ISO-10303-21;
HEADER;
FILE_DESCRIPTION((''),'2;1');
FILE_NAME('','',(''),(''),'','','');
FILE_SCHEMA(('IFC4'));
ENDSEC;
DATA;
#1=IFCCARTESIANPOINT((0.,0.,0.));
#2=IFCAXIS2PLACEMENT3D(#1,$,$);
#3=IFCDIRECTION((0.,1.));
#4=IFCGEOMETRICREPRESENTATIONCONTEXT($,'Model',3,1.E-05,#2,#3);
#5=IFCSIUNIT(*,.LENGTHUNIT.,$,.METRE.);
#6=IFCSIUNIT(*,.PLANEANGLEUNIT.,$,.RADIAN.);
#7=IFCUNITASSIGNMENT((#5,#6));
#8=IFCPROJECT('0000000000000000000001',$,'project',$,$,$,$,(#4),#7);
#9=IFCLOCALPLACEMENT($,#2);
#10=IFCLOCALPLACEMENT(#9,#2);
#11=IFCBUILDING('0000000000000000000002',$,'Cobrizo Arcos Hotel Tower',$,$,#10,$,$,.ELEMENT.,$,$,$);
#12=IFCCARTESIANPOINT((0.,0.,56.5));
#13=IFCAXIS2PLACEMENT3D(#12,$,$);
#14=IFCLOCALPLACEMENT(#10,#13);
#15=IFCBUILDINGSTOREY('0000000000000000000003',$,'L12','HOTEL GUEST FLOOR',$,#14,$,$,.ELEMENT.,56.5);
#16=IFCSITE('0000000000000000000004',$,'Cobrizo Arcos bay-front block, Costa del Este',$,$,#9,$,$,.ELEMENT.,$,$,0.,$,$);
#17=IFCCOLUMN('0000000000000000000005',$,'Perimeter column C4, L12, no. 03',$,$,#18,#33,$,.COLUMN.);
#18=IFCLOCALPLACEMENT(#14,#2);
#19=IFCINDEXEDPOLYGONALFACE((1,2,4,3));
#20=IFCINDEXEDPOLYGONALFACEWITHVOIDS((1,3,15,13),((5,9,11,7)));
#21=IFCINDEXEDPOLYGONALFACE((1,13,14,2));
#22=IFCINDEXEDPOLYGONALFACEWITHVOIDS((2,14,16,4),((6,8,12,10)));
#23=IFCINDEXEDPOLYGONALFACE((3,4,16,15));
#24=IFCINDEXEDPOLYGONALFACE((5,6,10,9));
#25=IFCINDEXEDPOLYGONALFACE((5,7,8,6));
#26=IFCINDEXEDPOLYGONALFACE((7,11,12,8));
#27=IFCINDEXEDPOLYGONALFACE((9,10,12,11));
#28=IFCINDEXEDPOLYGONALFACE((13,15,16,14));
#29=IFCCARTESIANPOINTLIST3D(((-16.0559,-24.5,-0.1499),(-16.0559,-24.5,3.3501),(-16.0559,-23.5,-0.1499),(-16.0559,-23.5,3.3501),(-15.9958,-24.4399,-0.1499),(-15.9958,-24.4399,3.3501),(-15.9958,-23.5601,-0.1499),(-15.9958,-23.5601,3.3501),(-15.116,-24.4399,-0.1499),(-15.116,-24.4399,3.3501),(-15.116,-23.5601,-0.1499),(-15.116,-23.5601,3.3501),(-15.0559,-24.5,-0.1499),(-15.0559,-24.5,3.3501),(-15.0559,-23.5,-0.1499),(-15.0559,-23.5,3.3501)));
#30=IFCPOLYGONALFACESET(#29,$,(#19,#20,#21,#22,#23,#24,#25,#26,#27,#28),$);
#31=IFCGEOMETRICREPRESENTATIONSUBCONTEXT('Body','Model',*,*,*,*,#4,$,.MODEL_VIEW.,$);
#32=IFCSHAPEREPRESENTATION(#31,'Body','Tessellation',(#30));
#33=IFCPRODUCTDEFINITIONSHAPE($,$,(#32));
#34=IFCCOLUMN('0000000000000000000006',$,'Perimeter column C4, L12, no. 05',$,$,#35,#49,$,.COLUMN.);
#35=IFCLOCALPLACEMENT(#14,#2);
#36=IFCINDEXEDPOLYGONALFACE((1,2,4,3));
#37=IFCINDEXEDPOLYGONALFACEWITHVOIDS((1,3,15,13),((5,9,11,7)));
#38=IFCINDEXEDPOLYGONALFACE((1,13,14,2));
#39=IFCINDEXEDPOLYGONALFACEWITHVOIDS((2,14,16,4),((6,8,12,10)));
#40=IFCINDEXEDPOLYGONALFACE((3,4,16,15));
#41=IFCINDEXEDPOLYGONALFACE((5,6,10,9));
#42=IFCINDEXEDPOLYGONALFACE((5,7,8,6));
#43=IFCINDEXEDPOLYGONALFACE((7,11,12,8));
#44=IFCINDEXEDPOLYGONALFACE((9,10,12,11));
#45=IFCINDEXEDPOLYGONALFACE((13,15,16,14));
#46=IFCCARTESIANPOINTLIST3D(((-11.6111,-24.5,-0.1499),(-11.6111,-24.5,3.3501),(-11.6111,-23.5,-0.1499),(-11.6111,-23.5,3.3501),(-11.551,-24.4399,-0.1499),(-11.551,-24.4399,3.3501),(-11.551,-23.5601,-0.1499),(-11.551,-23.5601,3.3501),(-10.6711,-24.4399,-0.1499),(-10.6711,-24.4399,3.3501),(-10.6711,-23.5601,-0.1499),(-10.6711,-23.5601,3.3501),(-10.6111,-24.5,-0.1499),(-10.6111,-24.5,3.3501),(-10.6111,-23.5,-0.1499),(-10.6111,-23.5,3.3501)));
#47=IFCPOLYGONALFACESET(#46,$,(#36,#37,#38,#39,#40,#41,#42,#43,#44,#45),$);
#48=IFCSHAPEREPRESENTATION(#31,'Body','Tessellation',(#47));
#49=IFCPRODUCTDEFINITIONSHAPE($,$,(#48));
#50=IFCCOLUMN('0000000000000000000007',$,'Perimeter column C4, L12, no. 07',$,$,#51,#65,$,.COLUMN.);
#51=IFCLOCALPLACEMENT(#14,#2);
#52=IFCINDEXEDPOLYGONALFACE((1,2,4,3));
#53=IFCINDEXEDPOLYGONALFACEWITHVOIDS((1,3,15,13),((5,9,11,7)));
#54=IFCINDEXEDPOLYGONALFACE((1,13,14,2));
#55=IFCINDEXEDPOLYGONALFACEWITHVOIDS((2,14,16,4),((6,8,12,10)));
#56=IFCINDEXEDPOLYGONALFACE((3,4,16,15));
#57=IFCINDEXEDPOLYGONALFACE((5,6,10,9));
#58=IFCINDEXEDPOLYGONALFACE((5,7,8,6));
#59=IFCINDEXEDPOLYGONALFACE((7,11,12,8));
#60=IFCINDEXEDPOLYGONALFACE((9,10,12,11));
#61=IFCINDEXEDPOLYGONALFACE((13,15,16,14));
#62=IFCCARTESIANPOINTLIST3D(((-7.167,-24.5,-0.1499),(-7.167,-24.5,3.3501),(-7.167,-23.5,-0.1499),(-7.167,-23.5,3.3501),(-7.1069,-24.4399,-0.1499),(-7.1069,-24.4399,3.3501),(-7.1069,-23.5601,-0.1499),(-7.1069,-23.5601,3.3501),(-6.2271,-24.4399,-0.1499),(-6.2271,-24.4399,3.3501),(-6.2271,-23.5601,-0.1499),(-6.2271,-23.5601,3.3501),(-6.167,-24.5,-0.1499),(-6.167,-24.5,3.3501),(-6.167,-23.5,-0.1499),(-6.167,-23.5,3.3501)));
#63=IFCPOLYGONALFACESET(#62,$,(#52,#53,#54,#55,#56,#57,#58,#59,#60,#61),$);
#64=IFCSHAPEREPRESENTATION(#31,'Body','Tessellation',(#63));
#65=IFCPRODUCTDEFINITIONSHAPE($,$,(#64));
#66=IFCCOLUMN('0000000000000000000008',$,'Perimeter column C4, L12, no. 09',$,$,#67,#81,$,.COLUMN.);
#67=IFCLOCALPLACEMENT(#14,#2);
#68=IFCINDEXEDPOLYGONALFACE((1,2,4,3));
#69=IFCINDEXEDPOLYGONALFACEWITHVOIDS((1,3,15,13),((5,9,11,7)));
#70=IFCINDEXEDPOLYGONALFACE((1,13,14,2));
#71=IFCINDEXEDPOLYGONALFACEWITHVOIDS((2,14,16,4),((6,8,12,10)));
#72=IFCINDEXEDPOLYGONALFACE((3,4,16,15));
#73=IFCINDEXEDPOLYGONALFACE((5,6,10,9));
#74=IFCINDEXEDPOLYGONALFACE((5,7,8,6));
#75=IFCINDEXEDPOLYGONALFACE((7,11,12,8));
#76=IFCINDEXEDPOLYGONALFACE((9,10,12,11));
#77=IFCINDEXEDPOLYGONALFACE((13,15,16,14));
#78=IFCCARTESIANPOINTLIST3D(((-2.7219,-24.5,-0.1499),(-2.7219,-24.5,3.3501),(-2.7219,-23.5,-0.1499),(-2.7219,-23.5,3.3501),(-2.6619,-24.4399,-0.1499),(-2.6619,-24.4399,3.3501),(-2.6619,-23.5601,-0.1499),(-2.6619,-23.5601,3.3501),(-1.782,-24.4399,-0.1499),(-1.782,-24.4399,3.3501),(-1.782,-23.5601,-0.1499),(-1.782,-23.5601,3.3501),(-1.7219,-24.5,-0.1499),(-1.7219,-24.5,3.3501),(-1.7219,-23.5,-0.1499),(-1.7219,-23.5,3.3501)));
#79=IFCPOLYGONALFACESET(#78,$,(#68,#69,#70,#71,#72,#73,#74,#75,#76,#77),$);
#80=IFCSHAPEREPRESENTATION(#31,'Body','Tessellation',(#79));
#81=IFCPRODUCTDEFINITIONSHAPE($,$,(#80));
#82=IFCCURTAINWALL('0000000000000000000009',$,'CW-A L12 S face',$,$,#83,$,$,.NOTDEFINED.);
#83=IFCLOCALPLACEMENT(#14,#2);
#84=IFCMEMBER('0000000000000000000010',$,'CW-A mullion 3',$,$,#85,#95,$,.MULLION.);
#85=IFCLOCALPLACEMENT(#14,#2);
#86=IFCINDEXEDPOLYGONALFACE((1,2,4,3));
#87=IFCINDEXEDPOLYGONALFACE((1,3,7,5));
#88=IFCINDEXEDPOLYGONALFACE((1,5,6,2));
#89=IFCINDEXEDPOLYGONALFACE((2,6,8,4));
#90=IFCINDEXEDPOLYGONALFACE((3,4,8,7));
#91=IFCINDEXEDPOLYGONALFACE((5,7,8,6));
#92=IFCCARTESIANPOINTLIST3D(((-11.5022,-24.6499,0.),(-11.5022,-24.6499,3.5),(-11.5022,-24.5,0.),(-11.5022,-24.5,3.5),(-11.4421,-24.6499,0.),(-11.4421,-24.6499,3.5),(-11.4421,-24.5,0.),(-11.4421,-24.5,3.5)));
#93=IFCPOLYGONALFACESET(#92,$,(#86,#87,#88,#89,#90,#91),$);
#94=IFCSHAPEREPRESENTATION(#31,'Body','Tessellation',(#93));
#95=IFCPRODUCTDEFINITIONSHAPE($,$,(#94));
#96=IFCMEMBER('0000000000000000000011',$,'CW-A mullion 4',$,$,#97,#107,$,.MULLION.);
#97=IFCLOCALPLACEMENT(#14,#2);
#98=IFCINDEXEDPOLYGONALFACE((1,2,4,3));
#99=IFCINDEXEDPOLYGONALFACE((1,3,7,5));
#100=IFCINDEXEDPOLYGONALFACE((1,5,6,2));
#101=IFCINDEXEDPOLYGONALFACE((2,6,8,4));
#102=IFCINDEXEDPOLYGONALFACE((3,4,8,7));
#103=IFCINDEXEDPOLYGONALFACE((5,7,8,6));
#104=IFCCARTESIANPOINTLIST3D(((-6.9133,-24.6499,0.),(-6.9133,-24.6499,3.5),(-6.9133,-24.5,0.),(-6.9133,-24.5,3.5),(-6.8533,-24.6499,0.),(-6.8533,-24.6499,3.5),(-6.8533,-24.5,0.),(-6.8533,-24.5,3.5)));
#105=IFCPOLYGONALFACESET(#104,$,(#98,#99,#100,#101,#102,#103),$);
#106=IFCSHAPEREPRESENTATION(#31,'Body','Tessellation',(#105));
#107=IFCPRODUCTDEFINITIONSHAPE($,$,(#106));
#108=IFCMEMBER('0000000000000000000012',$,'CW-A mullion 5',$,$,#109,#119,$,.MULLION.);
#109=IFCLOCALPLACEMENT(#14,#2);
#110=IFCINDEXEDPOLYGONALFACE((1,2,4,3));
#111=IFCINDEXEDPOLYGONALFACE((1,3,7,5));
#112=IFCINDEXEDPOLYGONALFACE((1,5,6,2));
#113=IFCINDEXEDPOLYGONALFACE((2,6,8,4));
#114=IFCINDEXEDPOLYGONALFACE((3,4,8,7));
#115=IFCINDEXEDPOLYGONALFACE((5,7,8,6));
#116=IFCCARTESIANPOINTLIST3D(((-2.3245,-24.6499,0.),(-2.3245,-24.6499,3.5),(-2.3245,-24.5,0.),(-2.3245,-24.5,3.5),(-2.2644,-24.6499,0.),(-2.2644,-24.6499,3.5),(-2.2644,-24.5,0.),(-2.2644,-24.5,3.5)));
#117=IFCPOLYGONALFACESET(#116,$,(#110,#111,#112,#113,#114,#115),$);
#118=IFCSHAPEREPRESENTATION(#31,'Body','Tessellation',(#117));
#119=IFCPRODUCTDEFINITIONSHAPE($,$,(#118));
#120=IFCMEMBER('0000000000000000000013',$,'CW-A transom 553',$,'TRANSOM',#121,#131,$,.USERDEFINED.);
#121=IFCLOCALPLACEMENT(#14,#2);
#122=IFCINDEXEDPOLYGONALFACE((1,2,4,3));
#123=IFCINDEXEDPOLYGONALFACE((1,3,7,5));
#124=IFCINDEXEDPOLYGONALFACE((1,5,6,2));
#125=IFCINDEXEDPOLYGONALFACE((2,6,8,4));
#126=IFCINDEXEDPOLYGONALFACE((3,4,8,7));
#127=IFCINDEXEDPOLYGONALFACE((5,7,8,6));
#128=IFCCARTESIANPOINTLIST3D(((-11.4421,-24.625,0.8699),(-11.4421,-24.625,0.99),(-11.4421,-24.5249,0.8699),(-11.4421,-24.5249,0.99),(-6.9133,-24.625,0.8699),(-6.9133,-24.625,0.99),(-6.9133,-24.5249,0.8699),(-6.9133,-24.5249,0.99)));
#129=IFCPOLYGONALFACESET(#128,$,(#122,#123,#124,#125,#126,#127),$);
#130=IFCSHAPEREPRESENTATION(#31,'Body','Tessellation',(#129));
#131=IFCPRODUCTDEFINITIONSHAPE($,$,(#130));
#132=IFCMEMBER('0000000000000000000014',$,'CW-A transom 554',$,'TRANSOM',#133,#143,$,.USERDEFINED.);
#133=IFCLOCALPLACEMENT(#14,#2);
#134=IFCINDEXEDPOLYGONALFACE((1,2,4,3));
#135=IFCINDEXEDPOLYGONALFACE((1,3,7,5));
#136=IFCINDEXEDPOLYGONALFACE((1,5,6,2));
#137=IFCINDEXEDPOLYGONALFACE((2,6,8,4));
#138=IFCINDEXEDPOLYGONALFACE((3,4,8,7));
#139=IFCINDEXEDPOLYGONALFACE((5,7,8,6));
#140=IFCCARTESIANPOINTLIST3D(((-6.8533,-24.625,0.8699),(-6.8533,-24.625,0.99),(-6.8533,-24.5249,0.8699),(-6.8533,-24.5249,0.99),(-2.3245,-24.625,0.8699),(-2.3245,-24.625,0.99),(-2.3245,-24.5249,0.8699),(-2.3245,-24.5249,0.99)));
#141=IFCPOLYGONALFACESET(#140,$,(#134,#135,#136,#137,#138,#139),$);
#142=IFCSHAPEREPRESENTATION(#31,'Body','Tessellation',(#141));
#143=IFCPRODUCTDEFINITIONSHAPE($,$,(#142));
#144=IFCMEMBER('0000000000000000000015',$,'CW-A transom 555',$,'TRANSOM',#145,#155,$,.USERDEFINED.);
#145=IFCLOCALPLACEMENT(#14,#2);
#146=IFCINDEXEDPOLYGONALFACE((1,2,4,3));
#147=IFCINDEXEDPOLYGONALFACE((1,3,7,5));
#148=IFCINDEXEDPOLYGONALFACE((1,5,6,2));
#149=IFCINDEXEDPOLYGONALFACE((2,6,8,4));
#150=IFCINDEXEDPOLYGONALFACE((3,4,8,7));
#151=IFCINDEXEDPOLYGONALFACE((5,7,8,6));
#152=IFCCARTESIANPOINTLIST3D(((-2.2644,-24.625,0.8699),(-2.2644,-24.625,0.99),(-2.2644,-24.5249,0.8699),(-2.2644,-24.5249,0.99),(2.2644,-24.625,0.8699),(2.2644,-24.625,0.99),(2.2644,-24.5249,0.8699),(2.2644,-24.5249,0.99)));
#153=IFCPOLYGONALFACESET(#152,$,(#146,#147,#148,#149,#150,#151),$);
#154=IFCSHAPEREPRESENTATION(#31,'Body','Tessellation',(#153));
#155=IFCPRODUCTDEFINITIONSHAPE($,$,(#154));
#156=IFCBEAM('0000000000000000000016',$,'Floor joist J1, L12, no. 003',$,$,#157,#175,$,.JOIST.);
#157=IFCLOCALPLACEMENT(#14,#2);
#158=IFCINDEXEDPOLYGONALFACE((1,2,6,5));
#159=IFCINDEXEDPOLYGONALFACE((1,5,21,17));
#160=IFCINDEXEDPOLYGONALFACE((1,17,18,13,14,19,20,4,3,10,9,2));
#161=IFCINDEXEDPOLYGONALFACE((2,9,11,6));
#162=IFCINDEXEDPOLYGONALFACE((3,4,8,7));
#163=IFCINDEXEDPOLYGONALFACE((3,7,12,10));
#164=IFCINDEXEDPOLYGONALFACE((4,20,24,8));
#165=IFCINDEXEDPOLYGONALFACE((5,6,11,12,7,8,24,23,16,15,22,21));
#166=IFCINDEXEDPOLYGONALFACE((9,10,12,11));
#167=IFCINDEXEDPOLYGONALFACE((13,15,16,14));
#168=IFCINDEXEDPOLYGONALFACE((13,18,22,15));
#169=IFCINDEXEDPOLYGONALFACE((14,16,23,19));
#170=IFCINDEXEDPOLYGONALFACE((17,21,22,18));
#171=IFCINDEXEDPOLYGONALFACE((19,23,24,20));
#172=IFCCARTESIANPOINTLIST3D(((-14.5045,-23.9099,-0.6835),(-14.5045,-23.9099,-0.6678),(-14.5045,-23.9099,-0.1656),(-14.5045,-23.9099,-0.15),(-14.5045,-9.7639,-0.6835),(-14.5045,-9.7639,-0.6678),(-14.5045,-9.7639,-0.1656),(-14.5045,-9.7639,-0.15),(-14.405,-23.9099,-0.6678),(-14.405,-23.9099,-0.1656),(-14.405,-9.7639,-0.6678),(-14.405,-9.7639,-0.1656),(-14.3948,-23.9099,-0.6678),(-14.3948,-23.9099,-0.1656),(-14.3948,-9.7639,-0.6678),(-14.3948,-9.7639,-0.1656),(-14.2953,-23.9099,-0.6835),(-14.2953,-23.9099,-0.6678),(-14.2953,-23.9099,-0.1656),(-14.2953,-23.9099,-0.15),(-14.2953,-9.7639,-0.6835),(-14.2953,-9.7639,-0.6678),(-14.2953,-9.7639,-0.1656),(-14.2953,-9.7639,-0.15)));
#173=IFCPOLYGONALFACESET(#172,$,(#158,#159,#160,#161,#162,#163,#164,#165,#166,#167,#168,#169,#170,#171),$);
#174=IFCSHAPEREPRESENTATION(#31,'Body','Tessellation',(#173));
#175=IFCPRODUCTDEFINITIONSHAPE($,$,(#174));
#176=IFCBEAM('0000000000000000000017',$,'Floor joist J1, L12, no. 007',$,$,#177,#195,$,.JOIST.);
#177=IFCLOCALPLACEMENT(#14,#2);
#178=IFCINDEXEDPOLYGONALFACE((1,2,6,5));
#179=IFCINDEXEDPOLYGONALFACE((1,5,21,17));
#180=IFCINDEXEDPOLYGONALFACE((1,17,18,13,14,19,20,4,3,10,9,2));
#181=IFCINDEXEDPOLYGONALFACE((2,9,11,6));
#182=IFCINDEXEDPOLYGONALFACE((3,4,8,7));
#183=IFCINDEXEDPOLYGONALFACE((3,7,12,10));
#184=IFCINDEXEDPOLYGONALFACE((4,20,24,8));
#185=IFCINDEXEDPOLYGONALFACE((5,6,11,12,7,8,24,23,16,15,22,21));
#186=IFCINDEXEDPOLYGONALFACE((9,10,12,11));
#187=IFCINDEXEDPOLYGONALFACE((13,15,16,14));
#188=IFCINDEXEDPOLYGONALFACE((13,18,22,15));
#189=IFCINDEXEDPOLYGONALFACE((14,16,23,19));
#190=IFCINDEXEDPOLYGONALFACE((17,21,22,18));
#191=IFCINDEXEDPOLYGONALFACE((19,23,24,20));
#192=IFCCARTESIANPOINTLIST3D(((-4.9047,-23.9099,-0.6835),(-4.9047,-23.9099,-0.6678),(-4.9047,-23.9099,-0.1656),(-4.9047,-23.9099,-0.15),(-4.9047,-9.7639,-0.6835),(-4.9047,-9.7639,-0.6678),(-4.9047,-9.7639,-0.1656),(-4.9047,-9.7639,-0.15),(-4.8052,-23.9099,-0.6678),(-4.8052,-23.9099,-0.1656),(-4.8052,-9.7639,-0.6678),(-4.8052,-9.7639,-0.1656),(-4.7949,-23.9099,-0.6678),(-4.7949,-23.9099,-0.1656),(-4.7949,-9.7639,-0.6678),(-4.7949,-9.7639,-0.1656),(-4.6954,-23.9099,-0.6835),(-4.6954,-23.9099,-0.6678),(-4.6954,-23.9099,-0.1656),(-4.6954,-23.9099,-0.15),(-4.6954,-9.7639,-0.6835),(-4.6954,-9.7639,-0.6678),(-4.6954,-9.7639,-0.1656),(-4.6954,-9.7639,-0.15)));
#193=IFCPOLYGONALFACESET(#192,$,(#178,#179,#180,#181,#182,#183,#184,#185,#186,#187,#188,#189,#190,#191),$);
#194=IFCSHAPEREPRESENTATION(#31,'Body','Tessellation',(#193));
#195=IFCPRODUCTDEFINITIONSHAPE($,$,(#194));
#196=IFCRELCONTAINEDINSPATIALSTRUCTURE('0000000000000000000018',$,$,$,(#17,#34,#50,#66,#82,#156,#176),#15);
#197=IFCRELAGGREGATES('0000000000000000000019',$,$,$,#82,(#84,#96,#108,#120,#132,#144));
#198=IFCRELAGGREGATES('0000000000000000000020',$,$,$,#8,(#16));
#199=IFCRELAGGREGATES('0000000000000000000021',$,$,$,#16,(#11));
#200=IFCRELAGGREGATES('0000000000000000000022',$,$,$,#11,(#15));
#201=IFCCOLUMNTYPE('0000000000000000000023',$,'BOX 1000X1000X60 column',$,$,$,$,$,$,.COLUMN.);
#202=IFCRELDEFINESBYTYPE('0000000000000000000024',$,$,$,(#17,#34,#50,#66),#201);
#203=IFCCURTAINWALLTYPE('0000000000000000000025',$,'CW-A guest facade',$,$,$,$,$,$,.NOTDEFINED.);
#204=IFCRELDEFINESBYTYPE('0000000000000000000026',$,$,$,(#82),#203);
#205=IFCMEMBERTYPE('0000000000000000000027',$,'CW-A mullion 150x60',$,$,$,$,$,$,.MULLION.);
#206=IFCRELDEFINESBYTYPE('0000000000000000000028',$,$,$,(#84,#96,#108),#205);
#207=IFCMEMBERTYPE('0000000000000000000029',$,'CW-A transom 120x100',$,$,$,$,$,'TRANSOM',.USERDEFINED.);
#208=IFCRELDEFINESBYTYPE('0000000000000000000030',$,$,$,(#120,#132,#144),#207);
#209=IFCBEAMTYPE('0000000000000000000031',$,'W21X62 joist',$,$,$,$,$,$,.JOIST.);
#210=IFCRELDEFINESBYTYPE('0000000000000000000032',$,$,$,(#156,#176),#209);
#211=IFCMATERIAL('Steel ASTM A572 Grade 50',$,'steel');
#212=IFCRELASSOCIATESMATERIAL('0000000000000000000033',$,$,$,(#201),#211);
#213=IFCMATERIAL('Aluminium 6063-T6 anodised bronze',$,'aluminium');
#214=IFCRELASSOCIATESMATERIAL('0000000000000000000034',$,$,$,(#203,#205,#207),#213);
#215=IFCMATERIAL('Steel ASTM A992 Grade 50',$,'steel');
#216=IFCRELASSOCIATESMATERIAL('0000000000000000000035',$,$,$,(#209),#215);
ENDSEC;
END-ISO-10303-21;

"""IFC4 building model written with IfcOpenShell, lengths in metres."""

from ifc_helpers import new_model, si_unit, direction, frame, origin, origin_2d, place, context, subcontext, project, spatial, rectangle, hollow_rectangle, i_section, extrude, material, material_profile, profile_set, type_object, element, aggregate, save


model = new_model("IFC4")

# Units and contexts
model_context = context("Model", 3, precision=1e-05, world=origin(), true_north=direction((0.0, 1.0)))
body_context = subcontext(model_context, "Body", "Model", "MODEL_VIEW")
ifc_project = project(units=[si_unit("LENGTHUNIT", "METRE"), si_unit("PLANEANGLEUNIT", "RADIAN")], contexts=[model_context])

# Site, building, storey
site_placement = place(None, origin())
site = spatial("IfcSite", under=ifc_project, at=site_placement, Name="Cobrizo Arcos bay-front block, Costa del Este", CompositionType="ELEMENT", RefElevation=0.0)
building_placement = place(site_placement, origin())
building = spatial("IfcBuilding", under=site, at=building_placement, Name="Cobrizo Arcos Hotel Tower", CompositionType="ELEMENT")
storey_placement = place(building_placement, frame((0.0, 0.0, 56.5)))
storey = spatial("IfcBuildingStorey", under=building, at=storey_placement, Name="L12", Description="HOTEL GUEST FLOOR", CompositionType="ELEMENT", Elevation=56.5)

# Columns
ifc_material_1 = material(Name="Steel ASTM A572 Grade 50", Category="steel")
ifc_material_profile_1 = material_profile(ifc_material_1, hollow_rectangle(XDim=1.0, YDim=1.0, WallThickness=0.0601, at=origin_2d()), Name="BOX 1000X1000X60")
ifc_profile_set_1 = profile_set([ifc_material_profile_1], Name="Steel ASTM A572 Grade 50")
column_type = type_object("IfcColumnType", Name="BOX 1000X1000X60 column", PredefinedType="COLUMN", material=ifc_profile_set_1)
for number, where, z_axis, x_axis, name in (
    (1, (-15.5559, -24.0, -0.1499), (0.0, 0.0, 1.0), (1.0, 0.0, 0.0), "Perimeter column C4, L12, no. 03"),
    (2, (-11.1111, -24.0, -0.1499), (0.0, 0.0, 1.0), (1.0, 0.0, 0.0), "Perimeter column C4, L12, no. 05"),
    (3, (-6.667, -24.0, -0.1499), (0.0, 0.0, 1.0), (1.0, 0.0, 0.0), "Perimeter column C4, L12, no. 07"),
    (4, (-2.2219, -24.0, -0.1499), (0.0, 0.0, 1.0), (1.0, 0.0, 0.0), "Perimeter column C4, L12, no. 09"),
):
    element("IfcColumn", number, at=place(storey_placement, frame(where, z_axis=z_axis, x_axis=x_axis)), inside=storey, type_object=column_type, Name=name, PredefinedType="COLUMN", context=body_context, shape_type="SweptSolid", body=[
        extrude(hollow_rectangle(XDim=1.0, YDim=1.0, WallThickness=0.0601, at=origin_2d()), origin(), (0.0, 0.0, 1.0), 3.5),
    ])

# Curtain wall, members
ifc_material_2 = material(Name="Aluminium 6063-T6 anodised bronze", Category="aluminium")
curtain_wall_type = type_object("IfcCurtainWallType", Name="CW-A guest facade", PredefinedType="NOTDEFINED", material=ifc_material_2)
curtain_wall_placement = place(storey_placement, origin())
curtain_wall = element("IfcCurtainWall", 5, at=curtain_wall_placement, inside=storey, type_object=curtain_wall_type, Name="CW-A L12 S face", PredefinedType="NOTDEFINED")
ifc_material_profile_2 = material_profile(ifc_material_2, rectangle(XDim=0.1499, YDim=0.0601, at=origin_2d()), Name="CW-A mullion 150x60")
ifc_profile_set_2 = profile_set([ifc_material_profile_2], Name="Aluminium 6063-T6 anodised bronze")
member_type_1 = type_object("IfcMemberType", Name="CW-A mullion 150x60", PredefinedType="MULLION", material=ifc_profile_set_2)
member_1_placement = place(storey_placement, frame((-11.4722, -24.575, 0.0), z_axis=(0.0, 0.0, 1.0), x_axis=(0.0, -1.0, 0.0)))
member_1 = element("IfcMember", 6, at=member_1_placement, type_object=member_type_1, Name="CW-A mullion 3", PredefinedType="MULLION", context=body_context, shape_type="SweptSolid", body=[
    extrude(rectangle(XDim=0.1499, YDim=0.0601, at=origin_2d()), origin(), (0.0, 0.0, 1.0), 3.5),
])
member_2_placement = place(storey_placement, frame((-6.8833, -24.575, 0.0), z_axis=(0.0, 0.0, 1.0), x_axis=(0.0, -1.0, 0.0)))
member_2 = element("IfcMember", 7, at=member_2_placement, type_object=member_type_1, Name="CW-A mullion 4", PredefinedType="MULLION", context=body_context, shape_type="SweptSolid", body=[
    extrude(rectangle(XDim=0.1499, YDim=0.0601, at=origin_2d()), origin(), (0.0, 0.0, 1.0), 3.5),
])
member_3_placement = place(storey_placement, frame((-2.2944, -24.575, 0.0), z_axis=(0.0, 0.0, 1.0), x_axis=(0.0, -1.0, 0.0)))
member_3 = element("IfcMember", 8, at=member_3_placement, type_object=member_type_1, Name="CW-A mullion 5", PredefinedType="MULLION", context=body_context, shape_type="SweptSolid", body=[
    extrude(rectangle(XDim=0.1499, YDim=0.0601, at=origin_2d()), origin(), (0.0, 0.0, 1.0), 3.5),
])
ifc_material_profile_3 = material_profile(ifc_material_2, rectangle(XDim=0.1001, YDim=0.1201, at=origin_2d()), Name="CW-A transom 120x100")
ifc_profile_set_3 = profile_set([ifc_material_profile_3], Name="Aluminium 6063-T6 anodised bronze")
member_type_2 = type_object("IfcMemberType", Name="CW-A transom 120x100", ElementType="TRANSOM", PredefinedType="USERDEFINED", material=ifc_profile_set_3)
member_4_placement = place(storey_placement, frame((-11.4421, -24.575, 0.9299), z_axis=(1.0, 0.0, 0.0), x_axis=(0.0, 1.0, 0.0)))
member_4 = element("IfcMember", 9, at=member_4_placement, type_object=member_type_2, Name="CW-A transom 553", ObjectType="TRANSOM", PredefinedType="USERDEFINED", context=body_context, shape_type="SweptSolid", body=[
    extrude(rectangle(XDim=0.1001, YDim=0.1201, at=origin_2d()), origin(), (0.0, 0.0, 1.0), 4.5288),
])
member_5_placement = place(storey_placement, frame((-6.8533, -24.575, 0.9299), z_axis=(1.0, 0.0, 0.0), x_axis=(0.0, 1.0, 0.0)))
member_5 = element("IfcMember", 10, at=member_5_placement, type_object=member_type_2, Name="CW-A transom 554", ObjectType="TRANSOM", PredefinedType="USERDEFINED", context=body_context, shape_type="SweptSolid", body=[
    extrude(rectangle(XDim=0.1001, YDim=0.1201, at=origin_2d()), origin(), (0.0, 0.0, 1.0), 4.5288),
])
member_6_placement = place(storey_placement, frame((-2.2644, -24.575, 0.9299), z_axis=(1.0, 0.0, 0.0), x_axis=(0.0, 1.0, 0.0)))
member_6 = element("IfcMember", 11, at=member_6_placement, type_object=member_type_2, Name="CW-A transom 555", ObjectType="TRANSOM", PredefinedType="USERDEFINED", context=body_context, shape_type="SweptSolid", body=[
    extrude(rectangle(XDim=0.1001, YDim=0.1201, at=origin_2d()), origin(), (0.0, 0.0, 1.0), 4.5288),
])

# Beams
ifc_material_3 = material(Name="Steel ASTM A992 Grade 50", Category="steel")
ifc_material_profile_4 = material_profile(ifc_material_3, i_section(OverallWidth=0.2092, OverallDepth=0.5334, WebThickness=0.0103, FlangeThickness=0.0156, at=origin_2d()), Name="W21X62")
ifc_profile_set_4 = profile_set([ifc_material_profile_4], Name="Steel ASTM A992 Grade 50")
beam_type_1 = type_object("IfcBeamType", Name="W21X62 joist", PredefinedType="JOIST", material=ifc_profile_set_4)
for number, where, z_axis, x_axis, name in (
    (12, (-14.3999, -23.9099, -0.4167), (0.0, 1.0, 0.0), (-1.0, 0.0, 0.0), "Floor joist J1, L12, no. 003"),
    (13, (-4.8, -23.9099, -0.4167), (0.0, 1.0, 0.0), (-1.0, 0.0, 0.0), "Floor joist J1, L12, no. 007"),
):
    element("IfcBeam", number, at=place(storey_placement, frame(where, z_axis=z_axis, x_axis=x_axis)), inside=storey, type_object=beam_type_1, Name=name, PredefinedType="JOIST", context=body_context, shape_type="SweptSolid", body=[
        extrude(i_section(OverallWidth=0.2092, OverallDepth=0.5334, WebThickness=0.0103, FlangeThickness=0.0156, at=origin_2d()), origin(), (0.0, 0.0, 1.0), 14.146),
    ])

aggregate(curtain_wall, [member_1, member_2, member_3, member_4, member_5, member_6])

save(model, "model.ifc")
